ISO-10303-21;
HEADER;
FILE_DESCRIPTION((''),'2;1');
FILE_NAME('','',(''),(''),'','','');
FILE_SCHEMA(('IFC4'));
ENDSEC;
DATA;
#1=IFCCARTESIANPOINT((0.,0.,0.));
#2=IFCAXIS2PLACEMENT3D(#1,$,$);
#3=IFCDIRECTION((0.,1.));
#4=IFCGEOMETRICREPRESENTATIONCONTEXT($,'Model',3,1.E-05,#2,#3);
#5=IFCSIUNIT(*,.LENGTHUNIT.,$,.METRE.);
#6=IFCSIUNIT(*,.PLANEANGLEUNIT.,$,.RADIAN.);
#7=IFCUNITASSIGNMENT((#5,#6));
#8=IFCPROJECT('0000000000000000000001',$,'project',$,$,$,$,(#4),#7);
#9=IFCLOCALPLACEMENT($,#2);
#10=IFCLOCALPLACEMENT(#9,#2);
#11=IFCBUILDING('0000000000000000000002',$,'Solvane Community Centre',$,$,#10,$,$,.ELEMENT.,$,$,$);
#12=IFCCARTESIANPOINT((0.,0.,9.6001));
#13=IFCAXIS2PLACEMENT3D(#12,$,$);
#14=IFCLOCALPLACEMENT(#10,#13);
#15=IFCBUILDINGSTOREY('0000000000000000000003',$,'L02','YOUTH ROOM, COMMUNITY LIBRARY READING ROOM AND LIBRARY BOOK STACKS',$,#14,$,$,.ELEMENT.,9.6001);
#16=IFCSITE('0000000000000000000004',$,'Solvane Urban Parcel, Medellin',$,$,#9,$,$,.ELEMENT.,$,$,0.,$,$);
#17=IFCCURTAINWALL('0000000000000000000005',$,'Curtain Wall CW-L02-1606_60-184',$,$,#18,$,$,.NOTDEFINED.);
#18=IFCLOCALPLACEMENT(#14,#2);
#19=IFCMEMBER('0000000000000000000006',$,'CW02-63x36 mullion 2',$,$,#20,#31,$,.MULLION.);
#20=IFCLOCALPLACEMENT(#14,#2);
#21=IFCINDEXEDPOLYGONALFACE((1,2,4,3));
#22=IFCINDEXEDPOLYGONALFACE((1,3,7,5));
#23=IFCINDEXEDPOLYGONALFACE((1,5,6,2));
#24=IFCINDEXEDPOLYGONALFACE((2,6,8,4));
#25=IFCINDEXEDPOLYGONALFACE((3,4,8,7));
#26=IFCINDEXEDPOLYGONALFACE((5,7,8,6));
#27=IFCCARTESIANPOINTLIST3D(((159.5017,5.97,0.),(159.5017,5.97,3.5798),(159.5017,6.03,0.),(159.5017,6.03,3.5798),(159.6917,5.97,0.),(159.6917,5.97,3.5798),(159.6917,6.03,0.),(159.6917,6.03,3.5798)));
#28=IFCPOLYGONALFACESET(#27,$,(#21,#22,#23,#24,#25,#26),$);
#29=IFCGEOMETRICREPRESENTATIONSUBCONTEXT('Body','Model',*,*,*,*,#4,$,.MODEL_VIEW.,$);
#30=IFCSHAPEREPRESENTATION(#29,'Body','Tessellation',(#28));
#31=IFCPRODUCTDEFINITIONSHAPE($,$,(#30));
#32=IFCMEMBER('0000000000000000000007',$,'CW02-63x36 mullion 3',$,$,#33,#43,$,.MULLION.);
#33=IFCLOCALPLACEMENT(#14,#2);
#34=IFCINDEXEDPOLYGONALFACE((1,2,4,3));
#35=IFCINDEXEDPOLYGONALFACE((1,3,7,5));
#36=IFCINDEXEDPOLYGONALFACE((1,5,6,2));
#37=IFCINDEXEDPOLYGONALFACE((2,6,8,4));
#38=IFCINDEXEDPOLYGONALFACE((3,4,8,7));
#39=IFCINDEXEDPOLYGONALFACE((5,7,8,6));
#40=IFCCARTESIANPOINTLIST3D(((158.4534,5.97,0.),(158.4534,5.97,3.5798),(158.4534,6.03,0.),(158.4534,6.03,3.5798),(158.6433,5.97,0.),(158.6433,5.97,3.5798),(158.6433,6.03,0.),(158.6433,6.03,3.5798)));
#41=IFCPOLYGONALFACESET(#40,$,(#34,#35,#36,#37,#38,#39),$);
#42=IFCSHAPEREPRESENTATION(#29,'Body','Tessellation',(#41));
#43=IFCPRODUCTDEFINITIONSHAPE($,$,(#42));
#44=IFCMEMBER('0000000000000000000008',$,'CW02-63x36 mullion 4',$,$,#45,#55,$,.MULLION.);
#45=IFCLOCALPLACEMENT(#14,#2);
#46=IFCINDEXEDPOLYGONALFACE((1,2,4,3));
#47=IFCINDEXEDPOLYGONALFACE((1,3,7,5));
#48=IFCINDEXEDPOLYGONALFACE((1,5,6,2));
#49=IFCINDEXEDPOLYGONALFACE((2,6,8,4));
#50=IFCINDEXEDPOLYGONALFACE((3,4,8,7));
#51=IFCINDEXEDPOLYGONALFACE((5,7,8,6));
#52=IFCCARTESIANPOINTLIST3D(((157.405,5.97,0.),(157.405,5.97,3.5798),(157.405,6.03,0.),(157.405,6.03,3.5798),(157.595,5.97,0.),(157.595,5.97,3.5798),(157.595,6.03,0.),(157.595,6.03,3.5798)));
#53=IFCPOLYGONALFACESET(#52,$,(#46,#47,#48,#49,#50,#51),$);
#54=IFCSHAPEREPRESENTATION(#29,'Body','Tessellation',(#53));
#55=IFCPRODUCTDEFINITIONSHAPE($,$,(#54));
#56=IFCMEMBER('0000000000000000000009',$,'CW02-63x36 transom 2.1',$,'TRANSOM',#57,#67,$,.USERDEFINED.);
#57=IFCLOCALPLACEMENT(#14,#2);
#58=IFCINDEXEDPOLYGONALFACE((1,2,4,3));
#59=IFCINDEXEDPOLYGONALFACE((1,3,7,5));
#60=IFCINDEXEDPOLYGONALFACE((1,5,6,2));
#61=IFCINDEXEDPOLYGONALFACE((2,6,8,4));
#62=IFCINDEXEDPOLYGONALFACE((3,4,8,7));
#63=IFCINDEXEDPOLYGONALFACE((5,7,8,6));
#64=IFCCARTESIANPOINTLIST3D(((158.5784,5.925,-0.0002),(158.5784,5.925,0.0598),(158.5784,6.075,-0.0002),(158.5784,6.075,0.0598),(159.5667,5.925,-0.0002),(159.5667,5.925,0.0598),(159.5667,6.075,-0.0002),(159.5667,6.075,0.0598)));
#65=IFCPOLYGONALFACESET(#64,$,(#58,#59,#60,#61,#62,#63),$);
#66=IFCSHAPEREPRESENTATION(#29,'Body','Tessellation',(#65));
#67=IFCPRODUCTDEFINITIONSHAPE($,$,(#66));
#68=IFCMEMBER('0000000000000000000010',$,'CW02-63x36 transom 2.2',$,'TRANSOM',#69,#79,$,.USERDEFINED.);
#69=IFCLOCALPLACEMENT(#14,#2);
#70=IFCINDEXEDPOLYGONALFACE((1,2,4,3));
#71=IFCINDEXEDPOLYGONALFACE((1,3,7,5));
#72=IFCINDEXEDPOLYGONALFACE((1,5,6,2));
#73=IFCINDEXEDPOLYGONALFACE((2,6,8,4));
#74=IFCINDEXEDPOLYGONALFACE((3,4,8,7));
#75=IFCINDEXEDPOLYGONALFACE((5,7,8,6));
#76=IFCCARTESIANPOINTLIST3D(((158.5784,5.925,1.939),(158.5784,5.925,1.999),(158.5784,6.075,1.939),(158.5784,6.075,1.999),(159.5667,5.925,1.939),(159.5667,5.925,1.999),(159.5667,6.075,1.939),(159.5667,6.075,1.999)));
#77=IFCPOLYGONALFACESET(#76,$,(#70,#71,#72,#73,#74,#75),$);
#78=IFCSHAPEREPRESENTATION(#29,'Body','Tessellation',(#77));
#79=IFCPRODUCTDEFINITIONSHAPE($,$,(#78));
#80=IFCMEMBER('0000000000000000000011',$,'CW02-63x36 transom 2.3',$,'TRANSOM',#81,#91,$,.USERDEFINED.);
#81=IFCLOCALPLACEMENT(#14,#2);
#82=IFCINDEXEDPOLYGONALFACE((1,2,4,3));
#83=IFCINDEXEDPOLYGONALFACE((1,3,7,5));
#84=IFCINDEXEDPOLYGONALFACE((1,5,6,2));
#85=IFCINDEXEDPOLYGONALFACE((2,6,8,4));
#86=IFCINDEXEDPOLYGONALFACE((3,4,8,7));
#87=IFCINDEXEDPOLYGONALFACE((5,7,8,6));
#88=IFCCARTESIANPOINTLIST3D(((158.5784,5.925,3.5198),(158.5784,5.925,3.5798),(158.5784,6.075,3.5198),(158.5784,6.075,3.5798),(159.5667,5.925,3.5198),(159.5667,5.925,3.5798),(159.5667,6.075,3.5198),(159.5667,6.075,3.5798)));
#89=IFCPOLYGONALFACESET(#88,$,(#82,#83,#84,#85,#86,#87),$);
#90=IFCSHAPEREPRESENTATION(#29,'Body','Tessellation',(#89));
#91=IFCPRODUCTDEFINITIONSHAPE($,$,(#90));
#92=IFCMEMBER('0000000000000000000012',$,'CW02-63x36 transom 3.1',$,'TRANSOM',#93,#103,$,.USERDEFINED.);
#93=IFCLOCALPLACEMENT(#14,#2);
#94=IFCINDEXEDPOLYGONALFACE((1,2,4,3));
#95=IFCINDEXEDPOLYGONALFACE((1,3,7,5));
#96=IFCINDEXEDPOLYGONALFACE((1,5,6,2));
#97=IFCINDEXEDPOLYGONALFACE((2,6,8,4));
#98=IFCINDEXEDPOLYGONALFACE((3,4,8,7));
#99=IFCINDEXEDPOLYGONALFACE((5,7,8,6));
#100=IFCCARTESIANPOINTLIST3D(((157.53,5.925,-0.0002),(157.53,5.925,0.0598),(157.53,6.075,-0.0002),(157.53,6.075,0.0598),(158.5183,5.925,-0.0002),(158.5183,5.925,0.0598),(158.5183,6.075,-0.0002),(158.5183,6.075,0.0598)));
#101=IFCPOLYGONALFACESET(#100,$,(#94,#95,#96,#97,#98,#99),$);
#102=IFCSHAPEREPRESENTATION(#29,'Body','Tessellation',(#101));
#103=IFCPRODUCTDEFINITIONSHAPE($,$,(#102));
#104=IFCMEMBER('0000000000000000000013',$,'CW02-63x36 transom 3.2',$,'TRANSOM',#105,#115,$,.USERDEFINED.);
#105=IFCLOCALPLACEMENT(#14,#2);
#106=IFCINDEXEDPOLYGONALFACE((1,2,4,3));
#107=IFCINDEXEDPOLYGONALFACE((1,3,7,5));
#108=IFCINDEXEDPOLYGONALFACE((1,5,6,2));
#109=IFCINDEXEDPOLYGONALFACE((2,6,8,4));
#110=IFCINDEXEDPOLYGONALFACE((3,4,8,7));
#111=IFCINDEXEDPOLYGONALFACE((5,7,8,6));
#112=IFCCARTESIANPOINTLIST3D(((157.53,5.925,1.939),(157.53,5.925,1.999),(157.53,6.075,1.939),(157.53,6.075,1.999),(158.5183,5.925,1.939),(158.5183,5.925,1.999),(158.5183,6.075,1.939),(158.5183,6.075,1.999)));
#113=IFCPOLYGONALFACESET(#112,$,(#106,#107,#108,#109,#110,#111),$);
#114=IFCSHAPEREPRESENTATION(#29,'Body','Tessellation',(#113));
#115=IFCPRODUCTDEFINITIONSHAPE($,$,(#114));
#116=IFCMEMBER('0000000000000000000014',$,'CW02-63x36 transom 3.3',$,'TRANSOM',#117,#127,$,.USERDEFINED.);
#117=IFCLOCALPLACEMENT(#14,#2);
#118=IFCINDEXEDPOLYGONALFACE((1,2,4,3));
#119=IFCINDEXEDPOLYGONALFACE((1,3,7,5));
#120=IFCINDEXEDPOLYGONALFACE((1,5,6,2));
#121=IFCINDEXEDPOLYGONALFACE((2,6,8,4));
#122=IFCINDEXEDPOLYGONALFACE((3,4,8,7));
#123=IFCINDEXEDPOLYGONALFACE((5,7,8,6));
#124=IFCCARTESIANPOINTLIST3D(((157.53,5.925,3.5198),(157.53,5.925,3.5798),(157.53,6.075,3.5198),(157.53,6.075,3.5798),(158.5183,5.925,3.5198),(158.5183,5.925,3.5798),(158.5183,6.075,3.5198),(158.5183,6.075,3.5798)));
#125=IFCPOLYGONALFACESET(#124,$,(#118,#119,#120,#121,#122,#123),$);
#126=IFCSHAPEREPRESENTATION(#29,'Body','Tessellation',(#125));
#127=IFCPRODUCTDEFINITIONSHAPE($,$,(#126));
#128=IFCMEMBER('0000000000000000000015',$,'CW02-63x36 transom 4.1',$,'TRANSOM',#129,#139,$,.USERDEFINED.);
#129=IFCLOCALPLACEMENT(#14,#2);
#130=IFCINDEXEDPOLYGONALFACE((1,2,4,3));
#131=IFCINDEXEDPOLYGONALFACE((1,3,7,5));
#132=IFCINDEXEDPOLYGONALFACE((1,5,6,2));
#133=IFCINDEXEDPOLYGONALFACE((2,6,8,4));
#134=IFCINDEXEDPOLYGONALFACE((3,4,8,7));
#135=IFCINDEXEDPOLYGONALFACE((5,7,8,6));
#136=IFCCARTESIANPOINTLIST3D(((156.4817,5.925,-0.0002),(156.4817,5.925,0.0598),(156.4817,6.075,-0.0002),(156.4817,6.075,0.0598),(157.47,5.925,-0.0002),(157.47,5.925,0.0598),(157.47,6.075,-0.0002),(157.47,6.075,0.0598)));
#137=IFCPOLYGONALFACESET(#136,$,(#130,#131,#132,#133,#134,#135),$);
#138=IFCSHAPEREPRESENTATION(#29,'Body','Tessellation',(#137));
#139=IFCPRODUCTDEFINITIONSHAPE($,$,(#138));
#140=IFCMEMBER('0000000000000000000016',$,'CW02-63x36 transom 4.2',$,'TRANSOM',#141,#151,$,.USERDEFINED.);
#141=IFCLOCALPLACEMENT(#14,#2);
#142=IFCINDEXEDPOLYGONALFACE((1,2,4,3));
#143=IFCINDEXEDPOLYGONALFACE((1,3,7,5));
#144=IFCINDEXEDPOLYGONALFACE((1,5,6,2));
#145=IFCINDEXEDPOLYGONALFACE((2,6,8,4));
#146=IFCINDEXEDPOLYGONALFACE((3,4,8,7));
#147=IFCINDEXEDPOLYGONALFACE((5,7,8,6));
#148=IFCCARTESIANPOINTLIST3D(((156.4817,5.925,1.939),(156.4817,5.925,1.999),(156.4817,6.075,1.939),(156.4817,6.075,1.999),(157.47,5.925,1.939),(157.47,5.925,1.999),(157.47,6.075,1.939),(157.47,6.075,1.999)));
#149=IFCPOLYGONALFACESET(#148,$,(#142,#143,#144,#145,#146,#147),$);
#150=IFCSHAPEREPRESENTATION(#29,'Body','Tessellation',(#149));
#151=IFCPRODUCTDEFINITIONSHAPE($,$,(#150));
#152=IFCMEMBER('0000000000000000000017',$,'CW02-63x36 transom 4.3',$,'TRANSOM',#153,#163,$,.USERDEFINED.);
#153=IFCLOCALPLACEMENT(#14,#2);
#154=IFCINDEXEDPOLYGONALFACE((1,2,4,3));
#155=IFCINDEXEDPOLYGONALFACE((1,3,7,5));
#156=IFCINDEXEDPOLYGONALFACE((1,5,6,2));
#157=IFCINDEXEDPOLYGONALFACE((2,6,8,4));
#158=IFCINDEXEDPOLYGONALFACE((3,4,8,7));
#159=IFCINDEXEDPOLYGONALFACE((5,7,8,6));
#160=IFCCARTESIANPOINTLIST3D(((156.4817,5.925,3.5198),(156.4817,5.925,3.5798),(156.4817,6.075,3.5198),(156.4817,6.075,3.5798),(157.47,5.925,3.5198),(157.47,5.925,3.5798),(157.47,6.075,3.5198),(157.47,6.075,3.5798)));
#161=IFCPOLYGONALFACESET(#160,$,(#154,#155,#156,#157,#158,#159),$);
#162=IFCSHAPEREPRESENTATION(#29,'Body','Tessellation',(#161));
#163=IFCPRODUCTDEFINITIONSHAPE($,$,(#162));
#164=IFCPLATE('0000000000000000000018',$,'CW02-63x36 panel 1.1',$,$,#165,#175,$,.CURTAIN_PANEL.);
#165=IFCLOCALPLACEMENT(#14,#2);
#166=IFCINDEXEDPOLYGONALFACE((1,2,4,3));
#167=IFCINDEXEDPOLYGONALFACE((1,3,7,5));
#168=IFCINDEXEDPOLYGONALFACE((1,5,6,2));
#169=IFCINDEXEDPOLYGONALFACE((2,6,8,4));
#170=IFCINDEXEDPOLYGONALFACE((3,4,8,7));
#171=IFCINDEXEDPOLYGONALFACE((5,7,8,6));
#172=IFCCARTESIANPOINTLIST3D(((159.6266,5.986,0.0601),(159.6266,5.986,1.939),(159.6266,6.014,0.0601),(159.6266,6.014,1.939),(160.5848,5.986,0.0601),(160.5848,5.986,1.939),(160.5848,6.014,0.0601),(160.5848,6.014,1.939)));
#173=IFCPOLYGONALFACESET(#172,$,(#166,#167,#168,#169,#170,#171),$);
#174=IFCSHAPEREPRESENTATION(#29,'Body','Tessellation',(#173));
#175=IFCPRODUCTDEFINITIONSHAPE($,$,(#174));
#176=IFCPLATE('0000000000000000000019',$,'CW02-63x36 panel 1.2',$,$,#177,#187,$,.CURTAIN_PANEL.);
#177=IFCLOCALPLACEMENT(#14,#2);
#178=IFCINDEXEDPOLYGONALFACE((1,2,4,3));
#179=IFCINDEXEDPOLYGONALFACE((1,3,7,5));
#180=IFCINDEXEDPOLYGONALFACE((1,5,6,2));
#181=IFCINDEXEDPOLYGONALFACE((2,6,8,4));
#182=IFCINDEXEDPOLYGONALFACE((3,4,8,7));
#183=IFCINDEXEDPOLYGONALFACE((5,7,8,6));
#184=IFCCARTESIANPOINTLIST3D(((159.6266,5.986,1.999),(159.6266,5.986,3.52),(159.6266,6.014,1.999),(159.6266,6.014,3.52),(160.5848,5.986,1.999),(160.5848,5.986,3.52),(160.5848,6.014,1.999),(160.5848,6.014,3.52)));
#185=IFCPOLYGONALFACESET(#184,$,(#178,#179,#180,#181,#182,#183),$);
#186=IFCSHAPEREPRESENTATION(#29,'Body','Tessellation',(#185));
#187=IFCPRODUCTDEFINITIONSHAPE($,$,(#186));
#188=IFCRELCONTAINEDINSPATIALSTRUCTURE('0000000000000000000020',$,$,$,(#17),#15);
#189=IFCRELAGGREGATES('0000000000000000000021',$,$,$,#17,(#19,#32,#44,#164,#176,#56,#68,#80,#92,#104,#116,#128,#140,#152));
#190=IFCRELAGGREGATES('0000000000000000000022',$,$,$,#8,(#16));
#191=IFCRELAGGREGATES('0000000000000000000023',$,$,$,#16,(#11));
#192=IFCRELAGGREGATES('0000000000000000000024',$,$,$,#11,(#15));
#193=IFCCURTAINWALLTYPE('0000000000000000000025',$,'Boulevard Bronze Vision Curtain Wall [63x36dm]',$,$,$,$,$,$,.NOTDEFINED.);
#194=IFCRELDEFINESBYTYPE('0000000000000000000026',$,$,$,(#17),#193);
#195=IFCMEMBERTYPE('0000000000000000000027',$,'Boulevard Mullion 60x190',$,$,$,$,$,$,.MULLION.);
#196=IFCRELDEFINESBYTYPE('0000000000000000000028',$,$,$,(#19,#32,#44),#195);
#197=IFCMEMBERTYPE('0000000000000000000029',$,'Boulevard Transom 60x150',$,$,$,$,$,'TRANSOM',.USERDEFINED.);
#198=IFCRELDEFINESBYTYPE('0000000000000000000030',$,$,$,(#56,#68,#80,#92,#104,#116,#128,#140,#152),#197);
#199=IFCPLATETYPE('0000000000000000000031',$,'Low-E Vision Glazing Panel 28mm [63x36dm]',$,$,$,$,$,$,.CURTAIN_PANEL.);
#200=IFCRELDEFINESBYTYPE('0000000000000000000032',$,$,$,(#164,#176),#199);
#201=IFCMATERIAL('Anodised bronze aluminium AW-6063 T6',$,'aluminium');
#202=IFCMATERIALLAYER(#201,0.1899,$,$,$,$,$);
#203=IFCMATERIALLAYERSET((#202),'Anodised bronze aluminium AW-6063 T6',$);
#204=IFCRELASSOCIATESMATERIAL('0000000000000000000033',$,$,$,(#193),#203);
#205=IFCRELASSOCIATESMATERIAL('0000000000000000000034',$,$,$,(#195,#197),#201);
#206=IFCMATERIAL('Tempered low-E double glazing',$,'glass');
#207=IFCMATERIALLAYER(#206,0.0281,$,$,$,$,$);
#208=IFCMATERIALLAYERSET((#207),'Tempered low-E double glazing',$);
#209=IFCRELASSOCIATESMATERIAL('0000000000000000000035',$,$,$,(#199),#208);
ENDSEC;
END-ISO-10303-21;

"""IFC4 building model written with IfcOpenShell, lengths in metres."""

from ifc_helpers import new_model, si_unit, direction, frame, origin, origin_2d, place, context, subcontext, project, spatial, rectangle, extrude, material, layer, layer_set, material_profile, profile_set, type_object, element, aggregate, save


model = new_model("IFC4")

# Units and contexts
model_context = context("Model", 3, precision=1e-05, world=origin(), true_north=direction((0.0, 1.0)))
body_context = subcontext(model_context, "Body", "Model", "MODEL_VIEW")
ifc_project = project(units=[si_unit("LENGTHUNIT", "METRE"), si_unit("PLANEANGLEUNIT", "RADIAN")], contexts=[model_context])

# Site, building, storey
site_placement = place(None, origin())
site = spatial("IfcSite", under=ifc_project, at=site_placement, Name="Solvane Urban Parcel, Medellin", CompositionType="ELEMENT", RefElevation=0.0)
building_placement = place(site_placement, origin())
building = spatial("IfcBuilding", under=site, at=building_placement, Name="Solvane Community Centre", CompositionType="ELEMENT")
storey_placement = place(building_placement, frame((0.0, 0.0, 9.6001)))
storey = spatial("IfcBuildingStorey", under=building, at=storey_placement, Name="L02", Description="YOUTH ROOM, COMMUNITY LIBRARY READING ROOM AND LIBRARY BOOK STACKS", CompositionType="ELEMENT", Elevation=9.6001)

# Curtain wall, members, plates
ifc_material_1 = material(Name="Anodised bronze aluminium AW-6063 T6", Category="aluminium")
ifc_layer_1 = layer(ifc_material_1, 0.1899)
ifc_layer_set_1 = layer_set([ifc_layer_1], Name="Anodised bronze aluminium AW-6063 T6")
curtain_wall_type = type_object("IfcCurtainWallType", Name="Boulevard Bronze Vision Curtain Wall [63x36dm]", PredefinedType="NOTDEFINED", material=ifc_layer_set_1)
curtain_wall_placement = place(storey_placement, origin())
curtain_wall = element("IfcCurtainWall", 1, at=curtain_wall_placement, inside=storey, type_object=curtain_wall_type, Name="Curtain Wall CW-L02-1606_60-184", PredefinedType="NOTDEFINED")
ifc_material_profile_1 = material_profile(ifc_material_1, rectangle(XDim=0.0601, YDim=0.1899, at=origin_2d()), Name="CW-M 60x190")
ifc_profile_set_1 = profile_set([ifc_material_profile_1], Name="Anodised bronze aluminium AW-6063 T6")
member_type_1 = type_object("IfcMemberType", Name="Boulevard Mullion 60x190", PredefinedType="MULLION", material=ifc_profile_set_1)
member_1_placement = place(storey_placement, frame((159.5967, 6.0, 0.0), z_axis=(0.0, 0.0, 1.0), x_axis=(0.0, -1.0, 0.0)))
member_1 = element("IfcMember", 2, at=member_1_placement, type_object=member_type_1, Name="CW02-63x36 mullion 2", PredefinedType="MULLION", context=body_context, shape_type="SweptSolid", body=[
    extrude(rectangle(XDim=0.0601, YDim=0.1899, at=origin_2d()), origin(), (0.0, 0.0, 1.0), 3.5798),
])
member_2_placement = place(storey_placement, frame((158.5483, 6.0, 0.0), z_axis=(0.0, 0.0, 1.0), x_axis=(0.0, -1.0, 0.0)))
member_2 = element("IfcMember", 3, at=member_2_placement, type_object=member_type_1, Name="CW02-63x36 mullion 3", PredefinedType="MULLION", context=body_context, shape_type="SweptSolid", body=[
    extrude(rectangle(XDim=0.0601, YDim=0.1899, at=origin_2d()), origin(), (0.0, 0.0, 1.0), 3.5798),
])
member_3_placement = place(storey_placement, frame((157.5, 6.0, 0.0), z_axis=(0.0, 0.0, 1.0), x_axis=(0.0, -1.0, 0.0)))
member_3 = element("IfcMember", 4, at=member_3_placement, type_object=member_type_1, Name="CW02-63x36 mullion 4", PredefinedType="MULLION", context=body_context, shape_type="SweptSolid", body=[
    extrude(rectangle(XDim=0.0601, YDim=0.1899, at=origin_2d()), origin(), (0.0, 0.0, 1.0), 3.5798),
])
ifc_material_profile_2 = material_profile(ifc_material_1, rectangle(XDim=0.1499, YDim=0.0601, at=origin_2d()), Name="CW-T 60x150")
ifc_profile_set_2 = profile_set([ifc_material_profile_2], Name="Anodised bronze aluminium AW-6063 T6")
member_type_2 = type_object("IfcMemberType", Name="Boulevard Transom 60x150", ElementType="TRANSOM", PredefinedType="USERDEFINED", material=ifc_profile_set_2)
member_4_placement = place(storey_placement, frame((159.5667, 6.0, 0.0298), z_axis=(-1.0, 0.0, 0.0), x_axis=(0.0, -1.0, 0.0)))
member_4 = element("IfcMember", 5, at=member_4_placement, type_object=member_type_2, Name="CW02-63x36 transom 2.1", ObjectType="TRANSOM", PredefinedType="USERDEFINED", context=body_context, shape_type="SweptSolid", body=[
    extrude(rectangle(XDim=0.1499, YDim=0.0601, at=origin_2d()), origin(), (0.0, 0.0, 1.0), 0.9883),
])
member_5_placement = place(storey_placement, frame((159.5667, 6.0, 1.969), z_axis=(-1.0, 0.0, 0.0), x_axis=(0.0, -1.0, 0.0)))
member_5 = element("IfcMember", 6, at=member_5_placement, type_object=member_type_2, Name="CW02-63x36 transom 2.2", ObjectType="TRANSOM", PredefinedType="USERDEFINED", context=body_context, shape_type="SweptSolid", body=[
    extrude(rectangle(XDim=0.1499, YDim=0.0601, at=origin_2d()), origin(), (0.0, 0.0, 1.0), 0.9883),
])
member_6_placement = place(storey_placement, frame((159.5667, 6.0, 3.5498), z_axis=(-1.0, 0.0, 0.0), x_axis=(0.0, -1.0, 0.0)))
member_6 = element("IfcMember", 7, at=member_6_placement, type_object=member_type_2, Name="CW02-63x36 transom 2.3", ObjectType="TRANSOM", PredefinedType="USERDEFINED", context=body_context, shape_type="SweptSolid", body=[
    extrude(rectangle(XDim=0.1499, YDim=0.0601, at=origin_2d()), origin(), (0.0, 0.0, 1.0), 0.9883),
])
member_7_placement = place(storey_placement, frame((158.5183, 6.0, 0.0298), z_axis=(-1.0, 0.0, 0.0), x_axis=(0.0, -1.0, 0.0)))
member_7 = element("IfcMember", 8, at=member_7_placement, type_object=member_type_2, Name="CW02-63x36 transom 3.1", ObjectType="TRANSOM", PredefinedType="USERDEFINED", context=body_context, shape_type="SweptSolid", body=[
    extrude(rectangle(XDim=0.1499, YDim=0.0601, at=origin_2d()), origin(), (0.0, 0.0, 1.0), 0.9883),
])
member_8_placement = place(storey_placement, frame((158.5183, 6.0, 1.969), z_axis=(-1.0, 0.0, 0.0), x_axis=(0.0, -1.0, 0.0)))
member_8 = element("IfcMember", 9, at=member_8_placement, type_object=member_type_2, Name="CW02-63x36 transom 3.2", ObjectType="TRANSOM", PredefinedType="USERDEFINED", context=body_context, shape_type="SweptSolid", body=[
    extrude(rectangle(XDim=0.1499, YDim=0.0601, at=origin_2d()), origin(), (0.0, 0.0, 1.0), 0.9883),
])
member_9_placement = place(storey_placement, frame((158.5183, 6.0, 3.5498), z_axis=(-1.0, 0.0, 0.0), x_axis=(0.0, -1.0, 0.0)))
member_9 = element("IfcMember", 10, at=member_9_placement, type_object=member_type_2, Name="CW02-63x36 transom 3.3", ObjectType="TRANSOM", PredefinedType="USERDEFINED", context=body_context, shape_type="SweptSolid", body=[
    extrude(rectangle(XDim=0.1499, YDim=0.0601, at=origin_2d()), origin(), (0.0, 0.0, 1.0), 0.9883),
])
member_10_placement = place(storey_placement, frame((157.47, 6.0, 0.0298), z_axis=(-1.0, 0.0, 0.0), x_axis=(0.0, -1.0, 0.0)))
member_10 = element("IfcMember", 11, at=member_10_placement, type_object=member_type_2, Name="CW02-63x36 transom 4.1", ObjectType="TRANSOM", PredefinedType="USERDEFINED", context=body_context, shape_type="SweptSolid", body=[
    extrude(rectangle(XDim=0.1499, YDim=0.0601, at=origin_2d()), origin(), (0.0, 0.0, 1.0), 0.9883),
])
member_11_placement = place(storey_placement, frame((157.47, 6.0, 1.969), z_axis=(-1.0, 0.0, 0.0), x_axis=(0.0, -1.0, 0.0)))
member_11 = element("IfcMember", 12, at=member_11_placement, type_object=member_type_2, Name="CW02-63x36 transom 4.2", ObjectType="TRANSOM", PredefinedType="USERDEFINED", context=body_context, shape_type="SweptSolid", body=[
    extrude(rectangle(XDim=0.1499, YDim=0.0601, at=origin_2d()), origin(), (0.0, 0.0, 1.0), 0.9883),
])
member_12_placement = place(storey_placement, frame((157.47, 6.0, 3.5498), z_axis=(-1.0, 0.0, 0.0), x_axis=(0.0, -1.0, 0.0)))
member_12 = element("IfcMember", 13, at=member_12_placement, type_object=member_type_2, Name="CW02-63x36 transom 4.3", ObjectType="TRANSOM", PredefinedType="USERDEFINED", context=body_context, shape_type="SweptSolid", body=[
    extrude(rectangle(XDim=0.1499, YDim=0.0601, at=origin_2d()), origin(), (0.0, 0.0, 1.0), 0.9883),
])
ifc_material_2 = material(Name="Tempered low-E double glazing", Category="glass")
ifc_layer_2 = layer(ifc_material_2, 0.0281)
ifc_layer_set_2 = layer_set([ifc_layer_2], Name="Tempered low-E double glazing")
plate_type = type_object("IfcPlateType", Name="Low-E Vision Glazing Panel 28mm [63x36dm]", PredefinedType="CURTAIN_PANEL", material=ifc_layer_set_2)
plate_1_placement = place(storey_placement, frame((160.1057, 6.0, 0.0601), z_axis=(0.0, 0.0, 1.0), x_axis=(-1.0, 0.0, 0.0)))
plate_1 = element("IfcPlate", 14, at=plate_1_placement, type_object=plate_type, Name="CW02-63x36 panel 1.1", PredefinedType="CURTAIN_PANEL", context=body_context, shape_type="SweptSolid", body=[
    extrude(rectangle(XDim=0.9583, YDim=0.0281, at=origin_2d()), origin(), (0.0, 0.0, 1.0), 1.8789),
])
plate_2_placement = place(storey_placement, frame((160.1057, 6.0, 1.999), z_axis=(0.0, 0.0, 1.0), x_axis=(-1.0, 0.0, 0.0)))
plate_2 = element("IfcPlate", 15, at=plate_2_placement, type_object=plate_type, Name="CW02-63x36 panel 1.2", PredefinedType="CURTAIN_PANEL", context=body_context, shape_type="SweptSolid", body=[
    extrude(rectangle(XDim=0.9583, YDim=0.0281, at=origin_2d()), origin(), (0.0, 0.0, 1.0), 1.521),
])
aggregate(curtain_wall, [member_1, member_2, member_3, plate_1, plate_2, member_4, member_5, member_6, member_7, member_8, member_9, member_10, member_11, member_12])

save(model, "model.ifc")
